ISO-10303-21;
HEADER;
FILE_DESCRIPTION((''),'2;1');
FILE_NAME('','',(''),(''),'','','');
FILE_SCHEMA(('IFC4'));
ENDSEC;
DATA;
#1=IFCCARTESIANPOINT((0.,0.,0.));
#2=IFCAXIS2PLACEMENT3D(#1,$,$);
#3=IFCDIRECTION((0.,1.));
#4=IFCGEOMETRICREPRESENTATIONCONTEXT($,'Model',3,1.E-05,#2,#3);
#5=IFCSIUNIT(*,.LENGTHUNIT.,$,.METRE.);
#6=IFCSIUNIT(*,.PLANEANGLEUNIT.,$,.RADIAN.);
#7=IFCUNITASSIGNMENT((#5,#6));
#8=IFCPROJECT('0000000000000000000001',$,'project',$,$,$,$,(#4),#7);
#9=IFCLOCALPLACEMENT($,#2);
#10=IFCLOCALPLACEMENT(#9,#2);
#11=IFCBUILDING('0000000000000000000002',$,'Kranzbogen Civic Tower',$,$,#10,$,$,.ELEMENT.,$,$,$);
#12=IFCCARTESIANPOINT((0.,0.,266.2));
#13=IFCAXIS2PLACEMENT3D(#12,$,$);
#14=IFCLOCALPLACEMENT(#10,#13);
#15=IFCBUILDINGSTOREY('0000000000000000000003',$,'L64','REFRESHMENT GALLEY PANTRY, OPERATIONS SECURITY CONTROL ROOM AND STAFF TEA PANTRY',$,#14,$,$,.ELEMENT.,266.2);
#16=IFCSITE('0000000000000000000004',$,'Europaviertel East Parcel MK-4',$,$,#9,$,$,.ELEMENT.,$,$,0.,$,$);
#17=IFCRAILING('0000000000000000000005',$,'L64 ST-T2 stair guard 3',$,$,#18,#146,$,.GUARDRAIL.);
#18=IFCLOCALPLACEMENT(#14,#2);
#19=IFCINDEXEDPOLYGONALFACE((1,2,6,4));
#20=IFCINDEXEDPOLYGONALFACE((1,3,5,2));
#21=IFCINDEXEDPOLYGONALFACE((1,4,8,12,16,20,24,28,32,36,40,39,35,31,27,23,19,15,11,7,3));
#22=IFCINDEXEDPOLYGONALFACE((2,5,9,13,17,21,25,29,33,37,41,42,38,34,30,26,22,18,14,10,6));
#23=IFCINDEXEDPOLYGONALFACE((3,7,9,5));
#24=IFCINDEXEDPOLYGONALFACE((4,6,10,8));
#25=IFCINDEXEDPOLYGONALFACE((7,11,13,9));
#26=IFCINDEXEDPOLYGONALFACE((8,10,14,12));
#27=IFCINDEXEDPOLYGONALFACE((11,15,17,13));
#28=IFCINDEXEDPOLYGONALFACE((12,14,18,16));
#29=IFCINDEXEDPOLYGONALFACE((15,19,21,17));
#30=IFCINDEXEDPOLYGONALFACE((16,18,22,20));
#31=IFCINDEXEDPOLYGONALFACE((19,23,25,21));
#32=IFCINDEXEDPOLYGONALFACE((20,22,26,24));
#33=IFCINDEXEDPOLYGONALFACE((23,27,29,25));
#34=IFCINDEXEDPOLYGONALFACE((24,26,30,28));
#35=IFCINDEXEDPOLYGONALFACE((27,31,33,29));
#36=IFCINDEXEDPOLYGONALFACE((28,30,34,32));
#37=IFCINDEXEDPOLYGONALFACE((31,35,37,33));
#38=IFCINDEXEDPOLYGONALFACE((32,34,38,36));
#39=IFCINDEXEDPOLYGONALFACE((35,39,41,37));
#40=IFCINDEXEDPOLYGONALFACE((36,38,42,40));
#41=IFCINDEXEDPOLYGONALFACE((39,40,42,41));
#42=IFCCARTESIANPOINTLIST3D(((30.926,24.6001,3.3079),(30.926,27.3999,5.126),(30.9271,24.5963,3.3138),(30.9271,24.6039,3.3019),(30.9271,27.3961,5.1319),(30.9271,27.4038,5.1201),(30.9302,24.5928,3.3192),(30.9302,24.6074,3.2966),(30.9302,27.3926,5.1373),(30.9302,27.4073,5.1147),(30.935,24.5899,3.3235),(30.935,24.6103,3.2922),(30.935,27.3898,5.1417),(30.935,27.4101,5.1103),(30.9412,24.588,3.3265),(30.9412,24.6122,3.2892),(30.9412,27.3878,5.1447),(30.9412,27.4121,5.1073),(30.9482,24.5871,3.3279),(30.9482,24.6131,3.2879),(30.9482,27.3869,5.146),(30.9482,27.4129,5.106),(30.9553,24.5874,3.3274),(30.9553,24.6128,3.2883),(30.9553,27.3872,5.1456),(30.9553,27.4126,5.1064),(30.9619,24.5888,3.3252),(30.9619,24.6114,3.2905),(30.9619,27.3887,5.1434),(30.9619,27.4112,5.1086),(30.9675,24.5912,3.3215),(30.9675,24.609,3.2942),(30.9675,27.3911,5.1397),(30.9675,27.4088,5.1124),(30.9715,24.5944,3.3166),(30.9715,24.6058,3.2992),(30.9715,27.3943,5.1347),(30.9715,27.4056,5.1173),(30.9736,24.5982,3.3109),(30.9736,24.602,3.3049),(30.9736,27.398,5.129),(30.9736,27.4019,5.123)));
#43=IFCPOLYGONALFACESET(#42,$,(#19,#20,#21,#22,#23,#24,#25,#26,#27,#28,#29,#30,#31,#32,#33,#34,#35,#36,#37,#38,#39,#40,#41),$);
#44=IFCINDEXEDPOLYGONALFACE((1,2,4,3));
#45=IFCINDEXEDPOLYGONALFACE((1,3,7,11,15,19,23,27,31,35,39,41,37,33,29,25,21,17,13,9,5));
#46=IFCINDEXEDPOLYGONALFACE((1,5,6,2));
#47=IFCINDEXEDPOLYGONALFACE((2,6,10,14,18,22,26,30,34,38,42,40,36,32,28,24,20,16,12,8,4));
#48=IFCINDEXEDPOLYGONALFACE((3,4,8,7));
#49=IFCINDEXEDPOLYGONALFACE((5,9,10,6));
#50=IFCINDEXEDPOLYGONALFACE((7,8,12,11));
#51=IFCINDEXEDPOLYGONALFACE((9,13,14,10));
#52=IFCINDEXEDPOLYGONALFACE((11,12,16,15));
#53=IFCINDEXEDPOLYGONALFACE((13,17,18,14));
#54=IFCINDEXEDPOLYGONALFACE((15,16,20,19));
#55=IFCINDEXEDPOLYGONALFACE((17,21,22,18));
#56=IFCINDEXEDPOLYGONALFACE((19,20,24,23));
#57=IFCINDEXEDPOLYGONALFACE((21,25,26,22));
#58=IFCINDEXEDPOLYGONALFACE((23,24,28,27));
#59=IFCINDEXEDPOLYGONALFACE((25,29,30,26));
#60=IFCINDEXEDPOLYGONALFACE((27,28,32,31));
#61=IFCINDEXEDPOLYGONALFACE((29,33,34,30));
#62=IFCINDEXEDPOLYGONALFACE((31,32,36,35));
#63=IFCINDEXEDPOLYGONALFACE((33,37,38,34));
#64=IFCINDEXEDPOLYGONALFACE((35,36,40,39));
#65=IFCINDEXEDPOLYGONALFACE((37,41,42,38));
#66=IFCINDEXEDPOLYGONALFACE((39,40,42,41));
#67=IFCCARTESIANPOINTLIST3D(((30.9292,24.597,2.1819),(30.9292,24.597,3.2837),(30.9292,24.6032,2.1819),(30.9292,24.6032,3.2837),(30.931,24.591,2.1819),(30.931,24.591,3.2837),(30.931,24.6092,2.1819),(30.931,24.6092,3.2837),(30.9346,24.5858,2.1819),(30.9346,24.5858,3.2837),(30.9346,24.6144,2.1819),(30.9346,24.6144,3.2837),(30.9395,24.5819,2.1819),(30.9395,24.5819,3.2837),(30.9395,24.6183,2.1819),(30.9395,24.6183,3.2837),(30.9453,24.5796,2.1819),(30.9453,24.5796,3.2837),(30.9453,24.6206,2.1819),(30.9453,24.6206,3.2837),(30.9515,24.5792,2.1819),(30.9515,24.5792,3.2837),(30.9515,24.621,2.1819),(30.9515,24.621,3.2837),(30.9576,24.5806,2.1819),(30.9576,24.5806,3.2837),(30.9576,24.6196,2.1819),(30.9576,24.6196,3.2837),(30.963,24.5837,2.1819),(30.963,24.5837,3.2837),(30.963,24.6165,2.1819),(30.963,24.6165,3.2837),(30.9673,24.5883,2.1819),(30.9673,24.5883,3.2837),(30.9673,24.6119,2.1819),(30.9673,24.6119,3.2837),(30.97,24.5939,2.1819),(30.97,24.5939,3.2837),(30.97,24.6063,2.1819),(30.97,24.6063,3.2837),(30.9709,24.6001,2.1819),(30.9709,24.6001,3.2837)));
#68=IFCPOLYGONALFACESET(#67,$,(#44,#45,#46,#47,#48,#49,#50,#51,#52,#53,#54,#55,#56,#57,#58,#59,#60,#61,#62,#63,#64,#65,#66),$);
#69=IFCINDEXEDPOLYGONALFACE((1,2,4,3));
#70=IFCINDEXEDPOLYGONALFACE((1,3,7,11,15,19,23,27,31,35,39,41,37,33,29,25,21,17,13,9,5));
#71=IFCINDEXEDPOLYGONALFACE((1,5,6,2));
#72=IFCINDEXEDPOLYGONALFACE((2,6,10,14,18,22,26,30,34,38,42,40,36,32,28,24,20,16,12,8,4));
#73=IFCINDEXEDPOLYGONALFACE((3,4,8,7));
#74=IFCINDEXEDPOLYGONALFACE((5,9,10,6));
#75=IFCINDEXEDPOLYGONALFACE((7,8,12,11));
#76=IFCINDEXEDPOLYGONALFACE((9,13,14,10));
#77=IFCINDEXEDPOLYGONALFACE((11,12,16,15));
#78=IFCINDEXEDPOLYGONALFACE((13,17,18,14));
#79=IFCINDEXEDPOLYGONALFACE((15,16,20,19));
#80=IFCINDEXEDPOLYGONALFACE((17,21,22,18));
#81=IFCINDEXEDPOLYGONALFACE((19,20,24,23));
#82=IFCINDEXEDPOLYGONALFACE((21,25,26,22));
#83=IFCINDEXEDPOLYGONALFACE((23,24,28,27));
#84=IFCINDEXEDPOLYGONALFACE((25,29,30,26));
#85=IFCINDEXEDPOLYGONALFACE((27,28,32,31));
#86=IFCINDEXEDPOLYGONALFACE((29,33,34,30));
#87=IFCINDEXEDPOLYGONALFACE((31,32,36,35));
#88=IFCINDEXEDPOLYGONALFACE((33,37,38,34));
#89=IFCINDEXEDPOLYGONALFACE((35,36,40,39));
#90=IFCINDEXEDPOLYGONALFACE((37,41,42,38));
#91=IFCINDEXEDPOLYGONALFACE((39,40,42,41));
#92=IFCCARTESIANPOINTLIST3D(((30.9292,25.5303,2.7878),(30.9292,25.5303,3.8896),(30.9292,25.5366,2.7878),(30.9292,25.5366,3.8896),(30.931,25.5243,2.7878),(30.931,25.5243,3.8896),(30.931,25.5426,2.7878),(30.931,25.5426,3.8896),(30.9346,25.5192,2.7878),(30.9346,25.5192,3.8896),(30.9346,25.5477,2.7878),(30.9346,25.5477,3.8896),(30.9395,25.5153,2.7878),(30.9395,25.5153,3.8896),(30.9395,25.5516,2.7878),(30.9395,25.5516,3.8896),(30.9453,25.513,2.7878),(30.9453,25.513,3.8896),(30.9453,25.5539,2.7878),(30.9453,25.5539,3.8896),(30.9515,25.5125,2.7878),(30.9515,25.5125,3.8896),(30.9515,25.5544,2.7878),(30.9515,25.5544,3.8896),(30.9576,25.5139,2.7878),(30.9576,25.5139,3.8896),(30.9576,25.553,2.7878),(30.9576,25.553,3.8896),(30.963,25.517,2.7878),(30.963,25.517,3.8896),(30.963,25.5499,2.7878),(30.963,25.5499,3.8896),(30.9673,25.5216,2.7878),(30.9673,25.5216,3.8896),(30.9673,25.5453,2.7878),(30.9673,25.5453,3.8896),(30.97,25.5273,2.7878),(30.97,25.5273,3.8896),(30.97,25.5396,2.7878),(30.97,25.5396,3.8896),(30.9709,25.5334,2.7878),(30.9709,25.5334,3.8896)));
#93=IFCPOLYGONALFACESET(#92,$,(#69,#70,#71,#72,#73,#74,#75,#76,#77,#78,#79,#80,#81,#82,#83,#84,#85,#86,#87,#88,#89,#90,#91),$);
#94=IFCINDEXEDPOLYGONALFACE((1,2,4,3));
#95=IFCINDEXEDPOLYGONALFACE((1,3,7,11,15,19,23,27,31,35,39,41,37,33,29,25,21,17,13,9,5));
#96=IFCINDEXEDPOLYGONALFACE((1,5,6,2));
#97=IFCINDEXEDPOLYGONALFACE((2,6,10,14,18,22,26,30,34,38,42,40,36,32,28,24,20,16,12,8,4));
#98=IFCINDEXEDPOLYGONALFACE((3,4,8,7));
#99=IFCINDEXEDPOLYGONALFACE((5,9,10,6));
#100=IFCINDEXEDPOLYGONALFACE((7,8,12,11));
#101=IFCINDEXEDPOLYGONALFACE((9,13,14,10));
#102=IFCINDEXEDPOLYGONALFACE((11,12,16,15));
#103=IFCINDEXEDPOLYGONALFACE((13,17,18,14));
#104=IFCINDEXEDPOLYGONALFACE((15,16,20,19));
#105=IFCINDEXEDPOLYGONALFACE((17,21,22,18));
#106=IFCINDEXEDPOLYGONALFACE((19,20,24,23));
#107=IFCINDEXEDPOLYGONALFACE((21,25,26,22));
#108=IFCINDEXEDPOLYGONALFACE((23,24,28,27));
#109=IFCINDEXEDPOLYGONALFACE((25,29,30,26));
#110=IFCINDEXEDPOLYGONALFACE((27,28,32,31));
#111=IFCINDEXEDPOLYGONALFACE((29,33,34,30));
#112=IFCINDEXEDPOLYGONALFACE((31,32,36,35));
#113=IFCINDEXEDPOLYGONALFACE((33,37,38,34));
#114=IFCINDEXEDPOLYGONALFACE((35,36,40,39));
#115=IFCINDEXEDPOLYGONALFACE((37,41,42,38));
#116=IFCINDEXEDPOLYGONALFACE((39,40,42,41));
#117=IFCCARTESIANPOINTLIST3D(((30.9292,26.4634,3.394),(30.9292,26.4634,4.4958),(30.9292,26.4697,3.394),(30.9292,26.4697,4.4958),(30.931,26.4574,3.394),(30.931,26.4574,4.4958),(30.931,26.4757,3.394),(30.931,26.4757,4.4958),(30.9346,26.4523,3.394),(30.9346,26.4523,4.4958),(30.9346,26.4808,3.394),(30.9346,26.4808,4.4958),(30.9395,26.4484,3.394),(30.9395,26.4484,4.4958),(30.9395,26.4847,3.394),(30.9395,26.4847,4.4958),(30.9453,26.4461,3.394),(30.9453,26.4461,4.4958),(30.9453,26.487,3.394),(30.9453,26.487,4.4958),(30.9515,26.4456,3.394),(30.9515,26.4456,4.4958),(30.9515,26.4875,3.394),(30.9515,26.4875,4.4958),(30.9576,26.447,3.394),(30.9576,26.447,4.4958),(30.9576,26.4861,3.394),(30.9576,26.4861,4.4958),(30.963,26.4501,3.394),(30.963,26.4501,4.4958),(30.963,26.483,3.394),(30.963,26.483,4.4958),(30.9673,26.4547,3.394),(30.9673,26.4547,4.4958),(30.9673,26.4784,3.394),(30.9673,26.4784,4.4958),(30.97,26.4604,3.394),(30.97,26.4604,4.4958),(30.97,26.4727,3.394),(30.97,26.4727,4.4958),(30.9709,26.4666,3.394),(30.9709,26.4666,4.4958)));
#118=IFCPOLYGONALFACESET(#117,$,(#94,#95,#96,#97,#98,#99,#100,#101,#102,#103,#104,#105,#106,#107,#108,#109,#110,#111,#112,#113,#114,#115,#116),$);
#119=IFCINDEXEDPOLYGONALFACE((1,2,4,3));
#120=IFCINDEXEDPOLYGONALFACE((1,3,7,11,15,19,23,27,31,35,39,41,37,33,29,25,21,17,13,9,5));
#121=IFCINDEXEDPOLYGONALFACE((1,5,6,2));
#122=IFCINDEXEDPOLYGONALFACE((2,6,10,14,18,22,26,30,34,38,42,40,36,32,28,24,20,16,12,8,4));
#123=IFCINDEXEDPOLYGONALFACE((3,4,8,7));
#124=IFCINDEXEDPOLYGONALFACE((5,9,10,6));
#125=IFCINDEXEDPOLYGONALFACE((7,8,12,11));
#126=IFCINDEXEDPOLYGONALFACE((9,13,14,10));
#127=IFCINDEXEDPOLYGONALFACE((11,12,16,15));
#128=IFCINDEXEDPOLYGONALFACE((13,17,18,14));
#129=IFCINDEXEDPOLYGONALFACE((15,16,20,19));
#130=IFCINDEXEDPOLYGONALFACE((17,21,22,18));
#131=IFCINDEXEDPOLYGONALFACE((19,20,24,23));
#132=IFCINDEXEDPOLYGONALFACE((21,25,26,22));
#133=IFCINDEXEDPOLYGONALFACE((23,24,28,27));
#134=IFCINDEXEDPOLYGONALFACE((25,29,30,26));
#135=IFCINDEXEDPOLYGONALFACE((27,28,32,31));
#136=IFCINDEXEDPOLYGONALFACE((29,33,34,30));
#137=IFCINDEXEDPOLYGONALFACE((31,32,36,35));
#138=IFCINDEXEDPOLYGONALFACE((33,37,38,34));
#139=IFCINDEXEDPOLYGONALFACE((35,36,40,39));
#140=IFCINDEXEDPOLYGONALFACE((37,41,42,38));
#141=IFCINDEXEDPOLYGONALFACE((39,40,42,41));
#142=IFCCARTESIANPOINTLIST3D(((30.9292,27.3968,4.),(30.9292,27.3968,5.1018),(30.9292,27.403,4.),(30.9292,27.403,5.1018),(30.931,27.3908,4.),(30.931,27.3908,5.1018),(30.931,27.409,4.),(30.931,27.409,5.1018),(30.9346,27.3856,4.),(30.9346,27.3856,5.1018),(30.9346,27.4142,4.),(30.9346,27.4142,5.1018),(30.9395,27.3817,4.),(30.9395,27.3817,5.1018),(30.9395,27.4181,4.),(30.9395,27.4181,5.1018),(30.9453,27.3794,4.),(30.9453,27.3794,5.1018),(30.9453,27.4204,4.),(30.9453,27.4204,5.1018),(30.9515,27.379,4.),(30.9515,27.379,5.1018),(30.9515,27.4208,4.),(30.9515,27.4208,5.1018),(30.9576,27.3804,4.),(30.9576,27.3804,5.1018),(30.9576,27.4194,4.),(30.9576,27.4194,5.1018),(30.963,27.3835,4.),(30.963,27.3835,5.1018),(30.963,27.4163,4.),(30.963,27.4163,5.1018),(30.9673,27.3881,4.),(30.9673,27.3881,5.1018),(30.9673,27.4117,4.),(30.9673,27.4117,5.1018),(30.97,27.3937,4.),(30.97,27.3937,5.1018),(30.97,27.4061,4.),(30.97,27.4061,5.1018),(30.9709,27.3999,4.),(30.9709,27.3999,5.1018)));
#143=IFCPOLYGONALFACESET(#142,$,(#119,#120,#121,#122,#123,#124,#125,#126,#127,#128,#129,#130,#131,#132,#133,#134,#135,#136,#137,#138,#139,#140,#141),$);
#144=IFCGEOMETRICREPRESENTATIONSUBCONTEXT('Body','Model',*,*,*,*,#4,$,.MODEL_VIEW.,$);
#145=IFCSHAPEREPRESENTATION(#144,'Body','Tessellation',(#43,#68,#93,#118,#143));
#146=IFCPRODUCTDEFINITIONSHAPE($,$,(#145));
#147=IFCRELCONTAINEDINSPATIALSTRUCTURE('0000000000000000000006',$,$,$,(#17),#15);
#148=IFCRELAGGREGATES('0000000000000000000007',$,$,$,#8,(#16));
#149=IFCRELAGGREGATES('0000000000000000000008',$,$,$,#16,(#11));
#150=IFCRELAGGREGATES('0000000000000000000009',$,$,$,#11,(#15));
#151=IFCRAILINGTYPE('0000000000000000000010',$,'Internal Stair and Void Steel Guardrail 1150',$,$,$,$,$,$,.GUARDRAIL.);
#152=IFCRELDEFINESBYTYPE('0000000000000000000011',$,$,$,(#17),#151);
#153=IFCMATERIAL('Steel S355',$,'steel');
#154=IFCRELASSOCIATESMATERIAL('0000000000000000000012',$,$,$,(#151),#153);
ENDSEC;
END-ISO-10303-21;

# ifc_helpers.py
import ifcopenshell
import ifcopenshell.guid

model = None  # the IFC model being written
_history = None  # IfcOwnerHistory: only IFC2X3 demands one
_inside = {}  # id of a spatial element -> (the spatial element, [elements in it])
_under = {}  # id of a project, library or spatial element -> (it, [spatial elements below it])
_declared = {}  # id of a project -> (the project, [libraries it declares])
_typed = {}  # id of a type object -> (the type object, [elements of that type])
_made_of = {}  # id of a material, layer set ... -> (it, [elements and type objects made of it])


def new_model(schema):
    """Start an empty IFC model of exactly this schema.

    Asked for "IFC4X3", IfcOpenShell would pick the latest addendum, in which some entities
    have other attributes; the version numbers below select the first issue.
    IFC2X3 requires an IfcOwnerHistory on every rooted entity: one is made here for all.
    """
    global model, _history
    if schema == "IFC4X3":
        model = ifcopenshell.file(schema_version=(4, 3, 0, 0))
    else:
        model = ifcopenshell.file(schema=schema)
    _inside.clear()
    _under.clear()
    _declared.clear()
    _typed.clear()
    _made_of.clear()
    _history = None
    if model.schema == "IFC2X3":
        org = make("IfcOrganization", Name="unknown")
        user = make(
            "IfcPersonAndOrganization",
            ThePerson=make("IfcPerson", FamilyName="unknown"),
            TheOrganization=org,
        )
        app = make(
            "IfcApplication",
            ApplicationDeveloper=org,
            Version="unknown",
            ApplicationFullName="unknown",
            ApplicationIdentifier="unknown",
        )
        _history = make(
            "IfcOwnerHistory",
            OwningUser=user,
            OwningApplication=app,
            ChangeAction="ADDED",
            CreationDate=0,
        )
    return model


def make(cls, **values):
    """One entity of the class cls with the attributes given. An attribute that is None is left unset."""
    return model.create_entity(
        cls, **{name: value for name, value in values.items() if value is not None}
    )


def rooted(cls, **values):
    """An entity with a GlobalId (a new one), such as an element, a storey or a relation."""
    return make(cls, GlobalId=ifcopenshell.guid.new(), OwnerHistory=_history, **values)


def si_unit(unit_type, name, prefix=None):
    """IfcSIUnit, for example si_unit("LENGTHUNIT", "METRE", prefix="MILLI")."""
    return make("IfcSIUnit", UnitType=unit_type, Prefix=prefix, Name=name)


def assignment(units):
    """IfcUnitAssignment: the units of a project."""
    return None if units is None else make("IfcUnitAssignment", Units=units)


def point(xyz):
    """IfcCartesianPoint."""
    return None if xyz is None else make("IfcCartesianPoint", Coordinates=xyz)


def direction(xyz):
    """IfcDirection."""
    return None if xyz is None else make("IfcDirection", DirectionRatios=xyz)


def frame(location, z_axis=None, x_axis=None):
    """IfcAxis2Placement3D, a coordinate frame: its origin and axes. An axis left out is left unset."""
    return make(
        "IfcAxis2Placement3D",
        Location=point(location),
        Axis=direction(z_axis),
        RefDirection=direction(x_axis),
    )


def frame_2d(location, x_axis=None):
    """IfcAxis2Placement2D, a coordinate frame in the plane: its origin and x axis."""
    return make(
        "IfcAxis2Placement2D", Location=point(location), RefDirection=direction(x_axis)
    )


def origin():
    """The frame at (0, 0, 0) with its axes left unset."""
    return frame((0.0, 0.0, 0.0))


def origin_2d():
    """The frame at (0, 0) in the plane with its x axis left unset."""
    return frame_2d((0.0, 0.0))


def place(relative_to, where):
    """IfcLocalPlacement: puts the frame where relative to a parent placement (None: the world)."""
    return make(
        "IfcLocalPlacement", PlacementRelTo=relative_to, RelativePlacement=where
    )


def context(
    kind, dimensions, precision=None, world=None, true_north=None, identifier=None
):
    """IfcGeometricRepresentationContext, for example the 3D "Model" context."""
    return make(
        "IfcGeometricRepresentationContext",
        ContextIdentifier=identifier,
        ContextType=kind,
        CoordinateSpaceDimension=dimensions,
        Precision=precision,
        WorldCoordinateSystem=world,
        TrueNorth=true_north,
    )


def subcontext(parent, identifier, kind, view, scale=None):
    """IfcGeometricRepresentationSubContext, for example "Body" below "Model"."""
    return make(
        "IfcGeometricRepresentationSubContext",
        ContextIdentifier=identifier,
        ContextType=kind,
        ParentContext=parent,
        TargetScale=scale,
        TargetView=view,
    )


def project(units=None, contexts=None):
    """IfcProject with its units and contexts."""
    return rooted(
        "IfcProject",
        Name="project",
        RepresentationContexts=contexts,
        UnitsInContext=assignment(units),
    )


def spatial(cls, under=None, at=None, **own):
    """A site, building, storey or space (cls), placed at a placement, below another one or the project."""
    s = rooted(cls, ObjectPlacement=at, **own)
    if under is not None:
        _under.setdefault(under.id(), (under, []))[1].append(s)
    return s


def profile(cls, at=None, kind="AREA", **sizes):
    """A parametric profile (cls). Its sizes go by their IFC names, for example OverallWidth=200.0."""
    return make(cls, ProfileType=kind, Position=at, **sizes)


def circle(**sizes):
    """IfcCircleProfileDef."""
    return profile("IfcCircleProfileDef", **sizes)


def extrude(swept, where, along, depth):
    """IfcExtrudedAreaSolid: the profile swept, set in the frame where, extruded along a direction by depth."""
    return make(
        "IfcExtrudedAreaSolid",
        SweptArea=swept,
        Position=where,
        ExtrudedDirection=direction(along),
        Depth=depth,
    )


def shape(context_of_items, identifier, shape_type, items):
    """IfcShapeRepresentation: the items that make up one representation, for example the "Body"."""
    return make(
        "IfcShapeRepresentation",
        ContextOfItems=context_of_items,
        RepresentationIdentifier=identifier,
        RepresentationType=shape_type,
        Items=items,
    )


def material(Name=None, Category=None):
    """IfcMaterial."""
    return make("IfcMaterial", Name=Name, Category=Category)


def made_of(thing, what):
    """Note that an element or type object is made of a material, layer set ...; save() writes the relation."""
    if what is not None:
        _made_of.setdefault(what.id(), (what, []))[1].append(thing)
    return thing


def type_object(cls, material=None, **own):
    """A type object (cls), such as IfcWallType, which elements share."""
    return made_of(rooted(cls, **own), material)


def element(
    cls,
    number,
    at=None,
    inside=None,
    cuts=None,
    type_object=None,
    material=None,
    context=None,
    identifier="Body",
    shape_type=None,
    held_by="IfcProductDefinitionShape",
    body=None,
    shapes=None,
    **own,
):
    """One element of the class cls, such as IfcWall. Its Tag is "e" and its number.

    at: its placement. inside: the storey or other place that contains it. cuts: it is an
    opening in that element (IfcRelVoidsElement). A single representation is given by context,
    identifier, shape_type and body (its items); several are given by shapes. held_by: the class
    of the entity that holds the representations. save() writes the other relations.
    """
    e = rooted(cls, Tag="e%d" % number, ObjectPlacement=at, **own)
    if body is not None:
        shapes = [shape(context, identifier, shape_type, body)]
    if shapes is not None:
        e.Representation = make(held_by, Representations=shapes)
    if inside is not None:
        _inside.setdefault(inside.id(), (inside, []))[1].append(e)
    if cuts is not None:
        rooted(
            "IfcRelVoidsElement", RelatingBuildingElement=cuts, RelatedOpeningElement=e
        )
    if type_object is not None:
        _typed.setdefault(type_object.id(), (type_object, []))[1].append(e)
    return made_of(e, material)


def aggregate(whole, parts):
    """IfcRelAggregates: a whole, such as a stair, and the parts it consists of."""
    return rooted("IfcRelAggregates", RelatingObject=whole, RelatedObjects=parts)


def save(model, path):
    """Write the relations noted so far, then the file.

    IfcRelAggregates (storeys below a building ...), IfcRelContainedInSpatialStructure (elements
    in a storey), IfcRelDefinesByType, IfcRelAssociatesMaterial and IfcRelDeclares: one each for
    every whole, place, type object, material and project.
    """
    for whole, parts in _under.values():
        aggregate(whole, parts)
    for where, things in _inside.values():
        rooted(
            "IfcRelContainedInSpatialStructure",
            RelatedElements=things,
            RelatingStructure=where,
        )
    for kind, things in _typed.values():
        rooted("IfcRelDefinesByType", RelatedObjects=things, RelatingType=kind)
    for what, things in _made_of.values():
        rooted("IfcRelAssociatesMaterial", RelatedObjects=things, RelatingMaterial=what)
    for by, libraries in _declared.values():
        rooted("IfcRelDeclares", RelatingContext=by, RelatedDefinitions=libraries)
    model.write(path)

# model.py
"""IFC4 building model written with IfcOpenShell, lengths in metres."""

from ifc_helpers import new_model, si_unit, direction, frame, origin, origin_2d, place, context, subcontext, project, spatial, circle, extrude, material, type_object, element, save


model = new_model("IFC4")

# Units and contexts
model_context = context("Model", 3, precision=1e-05, world=origin(), true_north=direction((0.0, 1.0)))
body_context = subcontext(model_context, "Body", "Model", "MODEL_VIEW")
ifc_project = project(units=[si_unit("LENGTHUNIT", "METRE"), si_unit("PLANEANGLEUNIT", "RADIAN")], contexts=[model_context])

# Site, building, storey
site_placement = place(None, origin())
site = spatial("IfcSite", under=ifc_project, at=site_placement, Name="Europaviertel East Parcel MK-4", CompositionType="ELEMENT", RefElevation=0.0)
building_placement = place(site_placement, origin())
building = spatial("IfcBuilding", under=site, at=building_placement, Name="Kranzbogen Civic Tower", CompositionType="ELEMENT")
storey_placement = place(building_placement, frame((0.0, 0.0, 266.2)))
storey = spatial("IfcBuildingStorey", under=building, at=storey_placement, Name="L64", Description="REFRESHMENT GALLEY PANTRY, OPERATIONS SECURITY CONTROL ROOM AND STAFF TEA PANTRY", CompositionType="ELEMENT", Elevation=266.2)

# Shared definitions
ifc_material_1 = material(Name="Steel S355", Category="steel")

# Railing
railing_type_1 = type_object("IfcRailingType", Name="Internal Stair and Void Steel Guardrail 1150", PredefinedType="GUARDRAIL", material=ifc_material_1)
railing_1_placement = place(storey_placement, frame((30.95, 24.6001, 2.1819)))
element("IfcRailing", 1, at=railing_1_placement, inside=storey, type_object=railing_type_1, Name="L64 ST-T2 stair guard 3", PredefinedType="GUARDRAIL", context=body_context, shape_type="SweptSolid", body=[
    extrude(circle(Radius=0.0239, at=origin_2d()), frame((0.0, 0.0, 1.126), z_axis=(0.0, 0.838684, 0.544618), x_axis=(-1.0, 0.0, 0.0)), (0.0, 0.0, 1.0), 3.3384),
    extrude(circle(Radius=0.021, at=origin_2d()), origin(), (0.0, 0.0, 1.0), 1.1018),
    extrude(circle(Radius=0.021, at=origin_2d()), frame((0.0, 0.9333, 0.606)), (0.0, 0.0, 1.0), 1.1018),
    extrude(circle(Radius=0.021, at=origin_2d()), frame((0.0, 1.8665, 1.2122)), (0.0, 0.0, 1.0), 1.1018),
    extrude(circle(Radius=0.021, at=origin_2d()), frame((0.0, 2.7998, 1.8181)), (0.0, 0.0, 1.0), 1.1018),
])

save(model, "model.ifc")
